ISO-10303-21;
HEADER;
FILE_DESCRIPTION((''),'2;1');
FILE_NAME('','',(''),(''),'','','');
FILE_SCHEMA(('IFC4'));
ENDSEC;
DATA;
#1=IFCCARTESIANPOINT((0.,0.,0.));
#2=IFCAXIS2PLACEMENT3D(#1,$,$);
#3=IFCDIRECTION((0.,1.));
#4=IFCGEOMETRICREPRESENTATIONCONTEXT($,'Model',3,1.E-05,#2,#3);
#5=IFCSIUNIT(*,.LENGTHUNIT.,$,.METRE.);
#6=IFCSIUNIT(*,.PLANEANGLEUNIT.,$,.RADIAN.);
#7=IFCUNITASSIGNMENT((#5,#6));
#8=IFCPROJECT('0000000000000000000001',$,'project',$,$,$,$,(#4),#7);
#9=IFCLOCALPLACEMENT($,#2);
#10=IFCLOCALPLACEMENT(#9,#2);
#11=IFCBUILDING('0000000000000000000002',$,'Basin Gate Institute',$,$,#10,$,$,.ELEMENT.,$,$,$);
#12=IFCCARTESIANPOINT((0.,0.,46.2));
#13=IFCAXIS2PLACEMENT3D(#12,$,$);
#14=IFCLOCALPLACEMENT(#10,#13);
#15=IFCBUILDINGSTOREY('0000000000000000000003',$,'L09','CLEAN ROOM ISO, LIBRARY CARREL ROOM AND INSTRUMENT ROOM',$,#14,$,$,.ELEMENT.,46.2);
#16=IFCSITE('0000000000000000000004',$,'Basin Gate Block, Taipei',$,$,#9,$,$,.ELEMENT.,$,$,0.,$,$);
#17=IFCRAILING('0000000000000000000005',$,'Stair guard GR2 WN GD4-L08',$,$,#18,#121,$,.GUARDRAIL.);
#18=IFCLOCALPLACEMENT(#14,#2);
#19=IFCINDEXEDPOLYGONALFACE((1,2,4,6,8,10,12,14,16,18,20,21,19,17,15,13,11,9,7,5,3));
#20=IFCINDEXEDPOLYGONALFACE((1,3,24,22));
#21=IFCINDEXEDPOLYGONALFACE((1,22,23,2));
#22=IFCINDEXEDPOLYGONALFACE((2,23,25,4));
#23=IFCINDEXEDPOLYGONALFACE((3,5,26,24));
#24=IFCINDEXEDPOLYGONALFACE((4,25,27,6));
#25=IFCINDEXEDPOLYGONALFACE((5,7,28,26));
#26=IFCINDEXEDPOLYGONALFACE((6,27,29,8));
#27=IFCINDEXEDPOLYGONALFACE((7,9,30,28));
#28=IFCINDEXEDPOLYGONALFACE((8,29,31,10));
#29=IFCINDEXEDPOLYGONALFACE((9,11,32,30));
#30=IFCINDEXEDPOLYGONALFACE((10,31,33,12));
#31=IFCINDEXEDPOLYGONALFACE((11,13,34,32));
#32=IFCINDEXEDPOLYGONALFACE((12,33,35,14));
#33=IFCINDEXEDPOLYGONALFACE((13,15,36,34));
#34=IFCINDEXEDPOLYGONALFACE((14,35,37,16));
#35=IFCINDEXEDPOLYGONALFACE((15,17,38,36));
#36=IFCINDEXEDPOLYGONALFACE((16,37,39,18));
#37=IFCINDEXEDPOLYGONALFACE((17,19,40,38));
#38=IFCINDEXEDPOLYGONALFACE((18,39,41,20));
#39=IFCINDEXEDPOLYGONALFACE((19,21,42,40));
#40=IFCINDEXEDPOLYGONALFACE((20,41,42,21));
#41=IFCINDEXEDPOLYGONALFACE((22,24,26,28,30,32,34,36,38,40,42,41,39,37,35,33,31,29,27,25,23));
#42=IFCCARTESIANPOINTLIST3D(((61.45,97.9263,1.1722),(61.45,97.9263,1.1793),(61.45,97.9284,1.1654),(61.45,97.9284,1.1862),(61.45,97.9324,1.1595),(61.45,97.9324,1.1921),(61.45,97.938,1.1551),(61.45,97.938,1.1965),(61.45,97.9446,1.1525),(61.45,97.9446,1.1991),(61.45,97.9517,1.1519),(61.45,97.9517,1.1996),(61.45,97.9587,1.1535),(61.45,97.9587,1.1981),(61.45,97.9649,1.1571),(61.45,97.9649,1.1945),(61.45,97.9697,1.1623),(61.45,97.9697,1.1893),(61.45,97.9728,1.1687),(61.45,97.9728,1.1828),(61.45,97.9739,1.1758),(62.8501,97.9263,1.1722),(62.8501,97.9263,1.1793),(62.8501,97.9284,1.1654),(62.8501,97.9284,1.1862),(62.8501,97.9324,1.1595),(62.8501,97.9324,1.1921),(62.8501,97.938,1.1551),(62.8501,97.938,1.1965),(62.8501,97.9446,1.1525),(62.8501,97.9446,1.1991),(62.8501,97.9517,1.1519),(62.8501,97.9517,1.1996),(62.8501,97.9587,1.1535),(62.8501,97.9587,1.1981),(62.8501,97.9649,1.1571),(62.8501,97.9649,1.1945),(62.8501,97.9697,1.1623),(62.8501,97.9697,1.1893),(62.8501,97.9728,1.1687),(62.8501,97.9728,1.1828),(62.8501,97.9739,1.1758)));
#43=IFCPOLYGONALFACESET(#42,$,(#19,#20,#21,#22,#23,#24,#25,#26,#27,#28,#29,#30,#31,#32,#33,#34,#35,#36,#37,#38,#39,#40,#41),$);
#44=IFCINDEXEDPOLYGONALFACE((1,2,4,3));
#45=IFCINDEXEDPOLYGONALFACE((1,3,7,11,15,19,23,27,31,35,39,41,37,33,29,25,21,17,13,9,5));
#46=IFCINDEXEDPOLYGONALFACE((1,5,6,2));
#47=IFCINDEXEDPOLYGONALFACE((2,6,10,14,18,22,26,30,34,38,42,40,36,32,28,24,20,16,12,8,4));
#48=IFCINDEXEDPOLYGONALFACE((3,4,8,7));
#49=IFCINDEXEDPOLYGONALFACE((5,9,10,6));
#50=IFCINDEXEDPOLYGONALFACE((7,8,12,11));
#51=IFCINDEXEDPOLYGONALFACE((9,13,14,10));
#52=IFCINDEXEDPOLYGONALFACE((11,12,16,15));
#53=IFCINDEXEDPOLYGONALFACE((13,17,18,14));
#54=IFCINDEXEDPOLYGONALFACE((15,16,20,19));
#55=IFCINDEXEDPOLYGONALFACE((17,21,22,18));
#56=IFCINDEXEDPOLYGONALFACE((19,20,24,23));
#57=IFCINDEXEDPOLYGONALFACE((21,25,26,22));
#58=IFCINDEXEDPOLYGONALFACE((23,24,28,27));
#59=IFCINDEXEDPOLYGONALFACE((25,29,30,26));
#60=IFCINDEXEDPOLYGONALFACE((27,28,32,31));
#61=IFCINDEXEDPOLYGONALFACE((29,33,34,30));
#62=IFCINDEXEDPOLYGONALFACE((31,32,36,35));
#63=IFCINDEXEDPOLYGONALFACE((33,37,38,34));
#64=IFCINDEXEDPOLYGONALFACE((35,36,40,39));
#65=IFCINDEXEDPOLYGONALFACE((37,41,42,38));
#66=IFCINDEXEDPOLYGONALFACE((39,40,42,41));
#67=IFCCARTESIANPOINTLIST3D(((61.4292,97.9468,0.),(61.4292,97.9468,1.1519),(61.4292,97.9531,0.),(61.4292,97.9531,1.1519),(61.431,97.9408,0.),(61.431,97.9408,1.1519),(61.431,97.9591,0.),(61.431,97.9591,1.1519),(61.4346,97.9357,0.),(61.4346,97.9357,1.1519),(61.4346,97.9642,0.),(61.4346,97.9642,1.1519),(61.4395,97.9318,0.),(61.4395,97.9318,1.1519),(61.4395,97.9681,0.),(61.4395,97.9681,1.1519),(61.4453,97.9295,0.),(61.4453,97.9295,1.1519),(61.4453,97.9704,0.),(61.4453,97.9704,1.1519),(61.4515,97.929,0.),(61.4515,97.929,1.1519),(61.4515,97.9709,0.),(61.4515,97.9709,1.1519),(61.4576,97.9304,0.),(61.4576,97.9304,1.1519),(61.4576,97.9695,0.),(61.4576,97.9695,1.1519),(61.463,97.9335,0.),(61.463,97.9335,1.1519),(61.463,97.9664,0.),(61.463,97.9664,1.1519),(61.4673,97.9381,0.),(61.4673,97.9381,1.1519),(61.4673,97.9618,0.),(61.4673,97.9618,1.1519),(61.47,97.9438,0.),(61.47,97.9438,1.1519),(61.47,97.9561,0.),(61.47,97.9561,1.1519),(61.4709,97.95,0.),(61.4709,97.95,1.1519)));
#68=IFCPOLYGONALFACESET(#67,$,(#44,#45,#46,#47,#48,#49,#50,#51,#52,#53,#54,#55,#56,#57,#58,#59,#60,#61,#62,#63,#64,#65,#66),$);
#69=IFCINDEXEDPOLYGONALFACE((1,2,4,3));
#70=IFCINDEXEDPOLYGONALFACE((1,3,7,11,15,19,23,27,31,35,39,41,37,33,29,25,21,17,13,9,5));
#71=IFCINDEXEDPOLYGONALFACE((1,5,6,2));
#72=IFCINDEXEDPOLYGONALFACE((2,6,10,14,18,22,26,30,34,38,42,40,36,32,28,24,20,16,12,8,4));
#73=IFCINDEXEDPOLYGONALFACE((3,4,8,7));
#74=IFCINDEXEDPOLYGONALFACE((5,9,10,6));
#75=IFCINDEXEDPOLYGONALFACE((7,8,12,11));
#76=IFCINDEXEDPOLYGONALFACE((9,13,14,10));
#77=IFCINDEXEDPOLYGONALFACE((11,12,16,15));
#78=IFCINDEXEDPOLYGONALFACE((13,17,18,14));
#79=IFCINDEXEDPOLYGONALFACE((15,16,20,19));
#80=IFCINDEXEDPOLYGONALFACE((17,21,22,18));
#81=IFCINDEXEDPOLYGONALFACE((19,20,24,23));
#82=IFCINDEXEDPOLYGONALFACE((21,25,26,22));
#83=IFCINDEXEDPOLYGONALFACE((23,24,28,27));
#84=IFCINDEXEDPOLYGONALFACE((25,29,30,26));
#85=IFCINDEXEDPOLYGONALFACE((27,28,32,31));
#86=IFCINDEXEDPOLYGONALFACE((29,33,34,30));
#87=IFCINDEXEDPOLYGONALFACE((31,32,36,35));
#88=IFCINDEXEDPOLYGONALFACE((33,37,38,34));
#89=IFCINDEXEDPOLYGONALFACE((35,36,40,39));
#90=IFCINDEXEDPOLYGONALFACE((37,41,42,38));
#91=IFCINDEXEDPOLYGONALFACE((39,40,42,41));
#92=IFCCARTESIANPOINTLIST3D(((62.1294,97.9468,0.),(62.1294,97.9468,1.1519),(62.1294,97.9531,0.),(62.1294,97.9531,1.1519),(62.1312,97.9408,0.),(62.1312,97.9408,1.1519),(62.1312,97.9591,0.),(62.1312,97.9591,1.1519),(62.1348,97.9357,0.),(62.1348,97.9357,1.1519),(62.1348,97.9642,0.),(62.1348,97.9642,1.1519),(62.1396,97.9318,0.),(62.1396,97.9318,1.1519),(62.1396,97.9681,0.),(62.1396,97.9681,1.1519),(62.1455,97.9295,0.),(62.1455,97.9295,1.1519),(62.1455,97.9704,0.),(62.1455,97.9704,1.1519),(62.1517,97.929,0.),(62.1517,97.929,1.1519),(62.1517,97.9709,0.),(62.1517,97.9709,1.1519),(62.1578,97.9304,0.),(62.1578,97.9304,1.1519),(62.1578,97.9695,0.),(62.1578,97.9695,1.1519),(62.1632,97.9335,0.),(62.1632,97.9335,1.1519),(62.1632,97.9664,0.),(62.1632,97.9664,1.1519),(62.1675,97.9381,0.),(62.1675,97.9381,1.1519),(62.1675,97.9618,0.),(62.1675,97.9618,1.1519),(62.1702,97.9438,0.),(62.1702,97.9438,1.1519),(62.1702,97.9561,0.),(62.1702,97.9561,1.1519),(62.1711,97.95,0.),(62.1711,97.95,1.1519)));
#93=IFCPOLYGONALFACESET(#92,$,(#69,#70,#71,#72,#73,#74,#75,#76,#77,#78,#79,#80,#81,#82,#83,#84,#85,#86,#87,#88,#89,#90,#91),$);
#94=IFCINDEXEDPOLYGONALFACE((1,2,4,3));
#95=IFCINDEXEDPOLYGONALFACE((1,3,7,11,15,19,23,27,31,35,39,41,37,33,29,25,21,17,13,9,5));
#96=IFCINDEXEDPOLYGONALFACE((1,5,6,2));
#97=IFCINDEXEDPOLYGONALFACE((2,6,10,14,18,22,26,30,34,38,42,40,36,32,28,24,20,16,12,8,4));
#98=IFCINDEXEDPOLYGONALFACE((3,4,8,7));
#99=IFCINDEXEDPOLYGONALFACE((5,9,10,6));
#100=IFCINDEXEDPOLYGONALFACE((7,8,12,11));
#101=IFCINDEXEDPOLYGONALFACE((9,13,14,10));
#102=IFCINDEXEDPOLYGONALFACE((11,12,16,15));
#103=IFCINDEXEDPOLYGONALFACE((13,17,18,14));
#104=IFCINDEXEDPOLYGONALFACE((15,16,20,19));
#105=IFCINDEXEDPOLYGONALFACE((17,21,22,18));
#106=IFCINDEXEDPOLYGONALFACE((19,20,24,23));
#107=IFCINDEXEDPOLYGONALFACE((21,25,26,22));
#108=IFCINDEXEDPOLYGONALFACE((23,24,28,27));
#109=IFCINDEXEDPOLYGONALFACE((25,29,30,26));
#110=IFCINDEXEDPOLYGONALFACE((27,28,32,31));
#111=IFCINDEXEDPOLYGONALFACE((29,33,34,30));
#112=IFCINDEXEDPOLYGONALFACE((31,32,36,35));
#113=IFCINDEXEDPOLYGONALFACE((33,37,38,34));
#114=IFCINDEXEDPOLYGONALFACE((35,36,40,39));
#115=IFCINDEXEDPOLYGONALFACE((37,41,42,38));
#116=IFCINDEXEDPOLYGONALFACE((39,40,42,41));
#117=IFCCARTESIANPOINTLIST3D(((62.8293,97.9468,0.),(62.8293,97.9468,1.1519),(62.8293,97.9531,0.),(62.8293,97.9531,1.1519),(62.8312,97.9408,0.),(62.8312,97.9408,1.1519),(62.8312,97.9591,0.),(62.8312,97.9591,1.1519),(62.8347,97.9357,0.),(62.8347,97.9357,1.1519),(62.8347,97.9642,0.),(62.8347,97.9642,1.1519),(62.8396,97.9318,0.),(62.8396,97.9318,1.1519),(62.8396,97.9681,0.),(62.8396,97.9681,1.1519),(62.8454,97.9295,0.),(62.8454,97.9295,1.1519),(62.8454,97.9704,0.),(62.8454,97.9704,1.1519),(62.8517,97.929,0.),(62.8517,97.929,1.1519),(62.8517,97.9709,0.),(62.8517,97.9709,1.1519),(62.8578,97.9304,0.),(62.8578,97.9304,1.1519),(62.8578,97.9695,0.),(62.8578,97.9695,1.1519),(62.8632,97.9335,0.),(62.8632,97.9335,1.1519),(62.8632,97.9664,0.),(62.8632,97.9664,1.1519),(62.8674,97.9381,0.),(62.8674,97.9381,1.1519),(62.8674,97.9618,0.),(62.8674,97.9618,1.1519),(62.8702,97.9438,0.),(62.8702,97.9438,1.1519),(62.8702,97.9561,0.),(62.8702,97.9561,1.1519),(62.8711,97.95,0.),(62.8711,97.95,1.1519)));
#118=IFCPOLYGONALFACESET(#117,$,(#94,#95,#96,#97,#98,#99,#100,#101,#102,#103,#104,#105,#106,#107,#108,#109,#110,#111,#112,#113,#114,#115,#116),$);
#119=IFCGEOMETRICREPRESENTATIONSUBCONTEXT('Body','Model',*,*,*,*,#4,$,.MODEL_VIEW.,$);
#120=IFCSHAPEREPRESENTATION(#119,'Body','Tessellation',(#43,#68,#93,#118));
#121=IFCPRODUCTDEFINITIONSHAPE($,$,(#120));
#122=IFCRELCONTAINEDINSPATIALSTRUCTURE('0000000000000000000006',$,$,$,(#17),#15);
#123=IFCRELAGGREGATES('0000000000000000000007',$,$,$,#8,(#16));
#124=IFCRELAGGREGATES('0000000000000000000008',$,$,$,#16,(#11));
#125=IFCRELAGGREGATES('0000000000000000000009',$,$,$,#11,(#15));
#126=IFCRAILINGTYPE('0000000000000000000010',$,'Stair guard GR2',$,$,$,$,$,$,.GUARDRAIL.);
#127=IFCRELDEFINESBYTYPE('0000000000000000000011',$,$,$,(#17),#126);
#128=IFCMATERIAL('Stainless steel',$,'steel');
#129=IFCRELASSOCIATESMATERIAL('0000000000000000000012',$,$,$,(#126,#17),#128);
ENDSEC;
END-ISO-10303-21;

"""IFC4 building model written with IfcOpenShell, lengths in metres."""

from ifc_helpers import new_model, si_unit, direction, frame, origin, origin_2d, place, context, subcontext, project, spatial, circle, extrude, material, type_object, element, save


model = new_model("IFC4")

# Units and contexts
model_context = context("Model", 3, precision=1e-05, world=origin(), true_north=direction((0.0, 1.0)))
body_context = subcontext(model_context, "Body", "Model", "MODEL_VIEW")
ifc_project = project(units=[si_unit("LENGTHUNIT", "METRE"), si_unit("PLANEANGLEUNIT", "RADIAN")], contexts=[model_context])

# Site, building, storey
site_placement = place(None, origin())
site = spatial("IfcSite", under=ifc_project, at=site_placement, Name="Basin Gate Block, Taipei", CompositionType="ELEMENT", RefElevation=0.0)
building_placement = place(site_placement, origin())
building = spatial("IfcBuilding", under=site, at=building_placement, Name="Basin Gate Institute", CompositionType="ELEMENT")
storey_placement = place(building_placement, frame((0.0, 0.0, 46.2)))
storey = spatial("IfcBuildingStorey", under=building, at=storey_placement, Name="L09", Description="CLEAN ROOM ISO, LIBRARY CARREL ROOM AND INSTRUMENT ROOM", CompositionType="ELEMENT", Elevation=46.2)

# Railing
ifc_material_1 = material(Name="Stainless steel", Category="steel")
railing_type_1 = type_object("IfcRailingType", Name="Stair guard GR2", PredefinedType="GUARDRAIL", material=ifc_material_1)
railing_1_placement = place(storey_placement, frame((61.45, 97.95, 0.0)))
element("IfcRailing", 1, at=railing_1_placement, inside=storey, type_object=railing_type_1, material=ifc_material_1, Name="Stair guard GR2 WN GD4-L08", PredefinedType="GUARDRAIL", context=body_context, shape_type="SweptSolid", body=[
    extrude(circle(Radius=0.0239, at=origin_2d()), frame((0.0, 0.0, 1.1758), z_axis=(1.0, 0.0, 0.0), x_axis=(0.0, 1.0, 0.0)), (0.0, 0.0, 1.0), 1.4001),
    extrude(circle(Radius=0.021, at=origin_2d()), origin(), (0.0, 0.0, 1.0), 1.1519),
    extrude(circle(Radius=0.021, at=origin_2d()), frame((0.7002, 0.0, 0.0)), (0.0, 0.0, 1.0), 1.1519),
    extrude(circle(Radius=0.021, at=origin_2d()), frame((1.4001, 0.0, 0.0)), (0.0, 0.0, 1.0), 1.1519),
])

save(model, "model.ifc")
